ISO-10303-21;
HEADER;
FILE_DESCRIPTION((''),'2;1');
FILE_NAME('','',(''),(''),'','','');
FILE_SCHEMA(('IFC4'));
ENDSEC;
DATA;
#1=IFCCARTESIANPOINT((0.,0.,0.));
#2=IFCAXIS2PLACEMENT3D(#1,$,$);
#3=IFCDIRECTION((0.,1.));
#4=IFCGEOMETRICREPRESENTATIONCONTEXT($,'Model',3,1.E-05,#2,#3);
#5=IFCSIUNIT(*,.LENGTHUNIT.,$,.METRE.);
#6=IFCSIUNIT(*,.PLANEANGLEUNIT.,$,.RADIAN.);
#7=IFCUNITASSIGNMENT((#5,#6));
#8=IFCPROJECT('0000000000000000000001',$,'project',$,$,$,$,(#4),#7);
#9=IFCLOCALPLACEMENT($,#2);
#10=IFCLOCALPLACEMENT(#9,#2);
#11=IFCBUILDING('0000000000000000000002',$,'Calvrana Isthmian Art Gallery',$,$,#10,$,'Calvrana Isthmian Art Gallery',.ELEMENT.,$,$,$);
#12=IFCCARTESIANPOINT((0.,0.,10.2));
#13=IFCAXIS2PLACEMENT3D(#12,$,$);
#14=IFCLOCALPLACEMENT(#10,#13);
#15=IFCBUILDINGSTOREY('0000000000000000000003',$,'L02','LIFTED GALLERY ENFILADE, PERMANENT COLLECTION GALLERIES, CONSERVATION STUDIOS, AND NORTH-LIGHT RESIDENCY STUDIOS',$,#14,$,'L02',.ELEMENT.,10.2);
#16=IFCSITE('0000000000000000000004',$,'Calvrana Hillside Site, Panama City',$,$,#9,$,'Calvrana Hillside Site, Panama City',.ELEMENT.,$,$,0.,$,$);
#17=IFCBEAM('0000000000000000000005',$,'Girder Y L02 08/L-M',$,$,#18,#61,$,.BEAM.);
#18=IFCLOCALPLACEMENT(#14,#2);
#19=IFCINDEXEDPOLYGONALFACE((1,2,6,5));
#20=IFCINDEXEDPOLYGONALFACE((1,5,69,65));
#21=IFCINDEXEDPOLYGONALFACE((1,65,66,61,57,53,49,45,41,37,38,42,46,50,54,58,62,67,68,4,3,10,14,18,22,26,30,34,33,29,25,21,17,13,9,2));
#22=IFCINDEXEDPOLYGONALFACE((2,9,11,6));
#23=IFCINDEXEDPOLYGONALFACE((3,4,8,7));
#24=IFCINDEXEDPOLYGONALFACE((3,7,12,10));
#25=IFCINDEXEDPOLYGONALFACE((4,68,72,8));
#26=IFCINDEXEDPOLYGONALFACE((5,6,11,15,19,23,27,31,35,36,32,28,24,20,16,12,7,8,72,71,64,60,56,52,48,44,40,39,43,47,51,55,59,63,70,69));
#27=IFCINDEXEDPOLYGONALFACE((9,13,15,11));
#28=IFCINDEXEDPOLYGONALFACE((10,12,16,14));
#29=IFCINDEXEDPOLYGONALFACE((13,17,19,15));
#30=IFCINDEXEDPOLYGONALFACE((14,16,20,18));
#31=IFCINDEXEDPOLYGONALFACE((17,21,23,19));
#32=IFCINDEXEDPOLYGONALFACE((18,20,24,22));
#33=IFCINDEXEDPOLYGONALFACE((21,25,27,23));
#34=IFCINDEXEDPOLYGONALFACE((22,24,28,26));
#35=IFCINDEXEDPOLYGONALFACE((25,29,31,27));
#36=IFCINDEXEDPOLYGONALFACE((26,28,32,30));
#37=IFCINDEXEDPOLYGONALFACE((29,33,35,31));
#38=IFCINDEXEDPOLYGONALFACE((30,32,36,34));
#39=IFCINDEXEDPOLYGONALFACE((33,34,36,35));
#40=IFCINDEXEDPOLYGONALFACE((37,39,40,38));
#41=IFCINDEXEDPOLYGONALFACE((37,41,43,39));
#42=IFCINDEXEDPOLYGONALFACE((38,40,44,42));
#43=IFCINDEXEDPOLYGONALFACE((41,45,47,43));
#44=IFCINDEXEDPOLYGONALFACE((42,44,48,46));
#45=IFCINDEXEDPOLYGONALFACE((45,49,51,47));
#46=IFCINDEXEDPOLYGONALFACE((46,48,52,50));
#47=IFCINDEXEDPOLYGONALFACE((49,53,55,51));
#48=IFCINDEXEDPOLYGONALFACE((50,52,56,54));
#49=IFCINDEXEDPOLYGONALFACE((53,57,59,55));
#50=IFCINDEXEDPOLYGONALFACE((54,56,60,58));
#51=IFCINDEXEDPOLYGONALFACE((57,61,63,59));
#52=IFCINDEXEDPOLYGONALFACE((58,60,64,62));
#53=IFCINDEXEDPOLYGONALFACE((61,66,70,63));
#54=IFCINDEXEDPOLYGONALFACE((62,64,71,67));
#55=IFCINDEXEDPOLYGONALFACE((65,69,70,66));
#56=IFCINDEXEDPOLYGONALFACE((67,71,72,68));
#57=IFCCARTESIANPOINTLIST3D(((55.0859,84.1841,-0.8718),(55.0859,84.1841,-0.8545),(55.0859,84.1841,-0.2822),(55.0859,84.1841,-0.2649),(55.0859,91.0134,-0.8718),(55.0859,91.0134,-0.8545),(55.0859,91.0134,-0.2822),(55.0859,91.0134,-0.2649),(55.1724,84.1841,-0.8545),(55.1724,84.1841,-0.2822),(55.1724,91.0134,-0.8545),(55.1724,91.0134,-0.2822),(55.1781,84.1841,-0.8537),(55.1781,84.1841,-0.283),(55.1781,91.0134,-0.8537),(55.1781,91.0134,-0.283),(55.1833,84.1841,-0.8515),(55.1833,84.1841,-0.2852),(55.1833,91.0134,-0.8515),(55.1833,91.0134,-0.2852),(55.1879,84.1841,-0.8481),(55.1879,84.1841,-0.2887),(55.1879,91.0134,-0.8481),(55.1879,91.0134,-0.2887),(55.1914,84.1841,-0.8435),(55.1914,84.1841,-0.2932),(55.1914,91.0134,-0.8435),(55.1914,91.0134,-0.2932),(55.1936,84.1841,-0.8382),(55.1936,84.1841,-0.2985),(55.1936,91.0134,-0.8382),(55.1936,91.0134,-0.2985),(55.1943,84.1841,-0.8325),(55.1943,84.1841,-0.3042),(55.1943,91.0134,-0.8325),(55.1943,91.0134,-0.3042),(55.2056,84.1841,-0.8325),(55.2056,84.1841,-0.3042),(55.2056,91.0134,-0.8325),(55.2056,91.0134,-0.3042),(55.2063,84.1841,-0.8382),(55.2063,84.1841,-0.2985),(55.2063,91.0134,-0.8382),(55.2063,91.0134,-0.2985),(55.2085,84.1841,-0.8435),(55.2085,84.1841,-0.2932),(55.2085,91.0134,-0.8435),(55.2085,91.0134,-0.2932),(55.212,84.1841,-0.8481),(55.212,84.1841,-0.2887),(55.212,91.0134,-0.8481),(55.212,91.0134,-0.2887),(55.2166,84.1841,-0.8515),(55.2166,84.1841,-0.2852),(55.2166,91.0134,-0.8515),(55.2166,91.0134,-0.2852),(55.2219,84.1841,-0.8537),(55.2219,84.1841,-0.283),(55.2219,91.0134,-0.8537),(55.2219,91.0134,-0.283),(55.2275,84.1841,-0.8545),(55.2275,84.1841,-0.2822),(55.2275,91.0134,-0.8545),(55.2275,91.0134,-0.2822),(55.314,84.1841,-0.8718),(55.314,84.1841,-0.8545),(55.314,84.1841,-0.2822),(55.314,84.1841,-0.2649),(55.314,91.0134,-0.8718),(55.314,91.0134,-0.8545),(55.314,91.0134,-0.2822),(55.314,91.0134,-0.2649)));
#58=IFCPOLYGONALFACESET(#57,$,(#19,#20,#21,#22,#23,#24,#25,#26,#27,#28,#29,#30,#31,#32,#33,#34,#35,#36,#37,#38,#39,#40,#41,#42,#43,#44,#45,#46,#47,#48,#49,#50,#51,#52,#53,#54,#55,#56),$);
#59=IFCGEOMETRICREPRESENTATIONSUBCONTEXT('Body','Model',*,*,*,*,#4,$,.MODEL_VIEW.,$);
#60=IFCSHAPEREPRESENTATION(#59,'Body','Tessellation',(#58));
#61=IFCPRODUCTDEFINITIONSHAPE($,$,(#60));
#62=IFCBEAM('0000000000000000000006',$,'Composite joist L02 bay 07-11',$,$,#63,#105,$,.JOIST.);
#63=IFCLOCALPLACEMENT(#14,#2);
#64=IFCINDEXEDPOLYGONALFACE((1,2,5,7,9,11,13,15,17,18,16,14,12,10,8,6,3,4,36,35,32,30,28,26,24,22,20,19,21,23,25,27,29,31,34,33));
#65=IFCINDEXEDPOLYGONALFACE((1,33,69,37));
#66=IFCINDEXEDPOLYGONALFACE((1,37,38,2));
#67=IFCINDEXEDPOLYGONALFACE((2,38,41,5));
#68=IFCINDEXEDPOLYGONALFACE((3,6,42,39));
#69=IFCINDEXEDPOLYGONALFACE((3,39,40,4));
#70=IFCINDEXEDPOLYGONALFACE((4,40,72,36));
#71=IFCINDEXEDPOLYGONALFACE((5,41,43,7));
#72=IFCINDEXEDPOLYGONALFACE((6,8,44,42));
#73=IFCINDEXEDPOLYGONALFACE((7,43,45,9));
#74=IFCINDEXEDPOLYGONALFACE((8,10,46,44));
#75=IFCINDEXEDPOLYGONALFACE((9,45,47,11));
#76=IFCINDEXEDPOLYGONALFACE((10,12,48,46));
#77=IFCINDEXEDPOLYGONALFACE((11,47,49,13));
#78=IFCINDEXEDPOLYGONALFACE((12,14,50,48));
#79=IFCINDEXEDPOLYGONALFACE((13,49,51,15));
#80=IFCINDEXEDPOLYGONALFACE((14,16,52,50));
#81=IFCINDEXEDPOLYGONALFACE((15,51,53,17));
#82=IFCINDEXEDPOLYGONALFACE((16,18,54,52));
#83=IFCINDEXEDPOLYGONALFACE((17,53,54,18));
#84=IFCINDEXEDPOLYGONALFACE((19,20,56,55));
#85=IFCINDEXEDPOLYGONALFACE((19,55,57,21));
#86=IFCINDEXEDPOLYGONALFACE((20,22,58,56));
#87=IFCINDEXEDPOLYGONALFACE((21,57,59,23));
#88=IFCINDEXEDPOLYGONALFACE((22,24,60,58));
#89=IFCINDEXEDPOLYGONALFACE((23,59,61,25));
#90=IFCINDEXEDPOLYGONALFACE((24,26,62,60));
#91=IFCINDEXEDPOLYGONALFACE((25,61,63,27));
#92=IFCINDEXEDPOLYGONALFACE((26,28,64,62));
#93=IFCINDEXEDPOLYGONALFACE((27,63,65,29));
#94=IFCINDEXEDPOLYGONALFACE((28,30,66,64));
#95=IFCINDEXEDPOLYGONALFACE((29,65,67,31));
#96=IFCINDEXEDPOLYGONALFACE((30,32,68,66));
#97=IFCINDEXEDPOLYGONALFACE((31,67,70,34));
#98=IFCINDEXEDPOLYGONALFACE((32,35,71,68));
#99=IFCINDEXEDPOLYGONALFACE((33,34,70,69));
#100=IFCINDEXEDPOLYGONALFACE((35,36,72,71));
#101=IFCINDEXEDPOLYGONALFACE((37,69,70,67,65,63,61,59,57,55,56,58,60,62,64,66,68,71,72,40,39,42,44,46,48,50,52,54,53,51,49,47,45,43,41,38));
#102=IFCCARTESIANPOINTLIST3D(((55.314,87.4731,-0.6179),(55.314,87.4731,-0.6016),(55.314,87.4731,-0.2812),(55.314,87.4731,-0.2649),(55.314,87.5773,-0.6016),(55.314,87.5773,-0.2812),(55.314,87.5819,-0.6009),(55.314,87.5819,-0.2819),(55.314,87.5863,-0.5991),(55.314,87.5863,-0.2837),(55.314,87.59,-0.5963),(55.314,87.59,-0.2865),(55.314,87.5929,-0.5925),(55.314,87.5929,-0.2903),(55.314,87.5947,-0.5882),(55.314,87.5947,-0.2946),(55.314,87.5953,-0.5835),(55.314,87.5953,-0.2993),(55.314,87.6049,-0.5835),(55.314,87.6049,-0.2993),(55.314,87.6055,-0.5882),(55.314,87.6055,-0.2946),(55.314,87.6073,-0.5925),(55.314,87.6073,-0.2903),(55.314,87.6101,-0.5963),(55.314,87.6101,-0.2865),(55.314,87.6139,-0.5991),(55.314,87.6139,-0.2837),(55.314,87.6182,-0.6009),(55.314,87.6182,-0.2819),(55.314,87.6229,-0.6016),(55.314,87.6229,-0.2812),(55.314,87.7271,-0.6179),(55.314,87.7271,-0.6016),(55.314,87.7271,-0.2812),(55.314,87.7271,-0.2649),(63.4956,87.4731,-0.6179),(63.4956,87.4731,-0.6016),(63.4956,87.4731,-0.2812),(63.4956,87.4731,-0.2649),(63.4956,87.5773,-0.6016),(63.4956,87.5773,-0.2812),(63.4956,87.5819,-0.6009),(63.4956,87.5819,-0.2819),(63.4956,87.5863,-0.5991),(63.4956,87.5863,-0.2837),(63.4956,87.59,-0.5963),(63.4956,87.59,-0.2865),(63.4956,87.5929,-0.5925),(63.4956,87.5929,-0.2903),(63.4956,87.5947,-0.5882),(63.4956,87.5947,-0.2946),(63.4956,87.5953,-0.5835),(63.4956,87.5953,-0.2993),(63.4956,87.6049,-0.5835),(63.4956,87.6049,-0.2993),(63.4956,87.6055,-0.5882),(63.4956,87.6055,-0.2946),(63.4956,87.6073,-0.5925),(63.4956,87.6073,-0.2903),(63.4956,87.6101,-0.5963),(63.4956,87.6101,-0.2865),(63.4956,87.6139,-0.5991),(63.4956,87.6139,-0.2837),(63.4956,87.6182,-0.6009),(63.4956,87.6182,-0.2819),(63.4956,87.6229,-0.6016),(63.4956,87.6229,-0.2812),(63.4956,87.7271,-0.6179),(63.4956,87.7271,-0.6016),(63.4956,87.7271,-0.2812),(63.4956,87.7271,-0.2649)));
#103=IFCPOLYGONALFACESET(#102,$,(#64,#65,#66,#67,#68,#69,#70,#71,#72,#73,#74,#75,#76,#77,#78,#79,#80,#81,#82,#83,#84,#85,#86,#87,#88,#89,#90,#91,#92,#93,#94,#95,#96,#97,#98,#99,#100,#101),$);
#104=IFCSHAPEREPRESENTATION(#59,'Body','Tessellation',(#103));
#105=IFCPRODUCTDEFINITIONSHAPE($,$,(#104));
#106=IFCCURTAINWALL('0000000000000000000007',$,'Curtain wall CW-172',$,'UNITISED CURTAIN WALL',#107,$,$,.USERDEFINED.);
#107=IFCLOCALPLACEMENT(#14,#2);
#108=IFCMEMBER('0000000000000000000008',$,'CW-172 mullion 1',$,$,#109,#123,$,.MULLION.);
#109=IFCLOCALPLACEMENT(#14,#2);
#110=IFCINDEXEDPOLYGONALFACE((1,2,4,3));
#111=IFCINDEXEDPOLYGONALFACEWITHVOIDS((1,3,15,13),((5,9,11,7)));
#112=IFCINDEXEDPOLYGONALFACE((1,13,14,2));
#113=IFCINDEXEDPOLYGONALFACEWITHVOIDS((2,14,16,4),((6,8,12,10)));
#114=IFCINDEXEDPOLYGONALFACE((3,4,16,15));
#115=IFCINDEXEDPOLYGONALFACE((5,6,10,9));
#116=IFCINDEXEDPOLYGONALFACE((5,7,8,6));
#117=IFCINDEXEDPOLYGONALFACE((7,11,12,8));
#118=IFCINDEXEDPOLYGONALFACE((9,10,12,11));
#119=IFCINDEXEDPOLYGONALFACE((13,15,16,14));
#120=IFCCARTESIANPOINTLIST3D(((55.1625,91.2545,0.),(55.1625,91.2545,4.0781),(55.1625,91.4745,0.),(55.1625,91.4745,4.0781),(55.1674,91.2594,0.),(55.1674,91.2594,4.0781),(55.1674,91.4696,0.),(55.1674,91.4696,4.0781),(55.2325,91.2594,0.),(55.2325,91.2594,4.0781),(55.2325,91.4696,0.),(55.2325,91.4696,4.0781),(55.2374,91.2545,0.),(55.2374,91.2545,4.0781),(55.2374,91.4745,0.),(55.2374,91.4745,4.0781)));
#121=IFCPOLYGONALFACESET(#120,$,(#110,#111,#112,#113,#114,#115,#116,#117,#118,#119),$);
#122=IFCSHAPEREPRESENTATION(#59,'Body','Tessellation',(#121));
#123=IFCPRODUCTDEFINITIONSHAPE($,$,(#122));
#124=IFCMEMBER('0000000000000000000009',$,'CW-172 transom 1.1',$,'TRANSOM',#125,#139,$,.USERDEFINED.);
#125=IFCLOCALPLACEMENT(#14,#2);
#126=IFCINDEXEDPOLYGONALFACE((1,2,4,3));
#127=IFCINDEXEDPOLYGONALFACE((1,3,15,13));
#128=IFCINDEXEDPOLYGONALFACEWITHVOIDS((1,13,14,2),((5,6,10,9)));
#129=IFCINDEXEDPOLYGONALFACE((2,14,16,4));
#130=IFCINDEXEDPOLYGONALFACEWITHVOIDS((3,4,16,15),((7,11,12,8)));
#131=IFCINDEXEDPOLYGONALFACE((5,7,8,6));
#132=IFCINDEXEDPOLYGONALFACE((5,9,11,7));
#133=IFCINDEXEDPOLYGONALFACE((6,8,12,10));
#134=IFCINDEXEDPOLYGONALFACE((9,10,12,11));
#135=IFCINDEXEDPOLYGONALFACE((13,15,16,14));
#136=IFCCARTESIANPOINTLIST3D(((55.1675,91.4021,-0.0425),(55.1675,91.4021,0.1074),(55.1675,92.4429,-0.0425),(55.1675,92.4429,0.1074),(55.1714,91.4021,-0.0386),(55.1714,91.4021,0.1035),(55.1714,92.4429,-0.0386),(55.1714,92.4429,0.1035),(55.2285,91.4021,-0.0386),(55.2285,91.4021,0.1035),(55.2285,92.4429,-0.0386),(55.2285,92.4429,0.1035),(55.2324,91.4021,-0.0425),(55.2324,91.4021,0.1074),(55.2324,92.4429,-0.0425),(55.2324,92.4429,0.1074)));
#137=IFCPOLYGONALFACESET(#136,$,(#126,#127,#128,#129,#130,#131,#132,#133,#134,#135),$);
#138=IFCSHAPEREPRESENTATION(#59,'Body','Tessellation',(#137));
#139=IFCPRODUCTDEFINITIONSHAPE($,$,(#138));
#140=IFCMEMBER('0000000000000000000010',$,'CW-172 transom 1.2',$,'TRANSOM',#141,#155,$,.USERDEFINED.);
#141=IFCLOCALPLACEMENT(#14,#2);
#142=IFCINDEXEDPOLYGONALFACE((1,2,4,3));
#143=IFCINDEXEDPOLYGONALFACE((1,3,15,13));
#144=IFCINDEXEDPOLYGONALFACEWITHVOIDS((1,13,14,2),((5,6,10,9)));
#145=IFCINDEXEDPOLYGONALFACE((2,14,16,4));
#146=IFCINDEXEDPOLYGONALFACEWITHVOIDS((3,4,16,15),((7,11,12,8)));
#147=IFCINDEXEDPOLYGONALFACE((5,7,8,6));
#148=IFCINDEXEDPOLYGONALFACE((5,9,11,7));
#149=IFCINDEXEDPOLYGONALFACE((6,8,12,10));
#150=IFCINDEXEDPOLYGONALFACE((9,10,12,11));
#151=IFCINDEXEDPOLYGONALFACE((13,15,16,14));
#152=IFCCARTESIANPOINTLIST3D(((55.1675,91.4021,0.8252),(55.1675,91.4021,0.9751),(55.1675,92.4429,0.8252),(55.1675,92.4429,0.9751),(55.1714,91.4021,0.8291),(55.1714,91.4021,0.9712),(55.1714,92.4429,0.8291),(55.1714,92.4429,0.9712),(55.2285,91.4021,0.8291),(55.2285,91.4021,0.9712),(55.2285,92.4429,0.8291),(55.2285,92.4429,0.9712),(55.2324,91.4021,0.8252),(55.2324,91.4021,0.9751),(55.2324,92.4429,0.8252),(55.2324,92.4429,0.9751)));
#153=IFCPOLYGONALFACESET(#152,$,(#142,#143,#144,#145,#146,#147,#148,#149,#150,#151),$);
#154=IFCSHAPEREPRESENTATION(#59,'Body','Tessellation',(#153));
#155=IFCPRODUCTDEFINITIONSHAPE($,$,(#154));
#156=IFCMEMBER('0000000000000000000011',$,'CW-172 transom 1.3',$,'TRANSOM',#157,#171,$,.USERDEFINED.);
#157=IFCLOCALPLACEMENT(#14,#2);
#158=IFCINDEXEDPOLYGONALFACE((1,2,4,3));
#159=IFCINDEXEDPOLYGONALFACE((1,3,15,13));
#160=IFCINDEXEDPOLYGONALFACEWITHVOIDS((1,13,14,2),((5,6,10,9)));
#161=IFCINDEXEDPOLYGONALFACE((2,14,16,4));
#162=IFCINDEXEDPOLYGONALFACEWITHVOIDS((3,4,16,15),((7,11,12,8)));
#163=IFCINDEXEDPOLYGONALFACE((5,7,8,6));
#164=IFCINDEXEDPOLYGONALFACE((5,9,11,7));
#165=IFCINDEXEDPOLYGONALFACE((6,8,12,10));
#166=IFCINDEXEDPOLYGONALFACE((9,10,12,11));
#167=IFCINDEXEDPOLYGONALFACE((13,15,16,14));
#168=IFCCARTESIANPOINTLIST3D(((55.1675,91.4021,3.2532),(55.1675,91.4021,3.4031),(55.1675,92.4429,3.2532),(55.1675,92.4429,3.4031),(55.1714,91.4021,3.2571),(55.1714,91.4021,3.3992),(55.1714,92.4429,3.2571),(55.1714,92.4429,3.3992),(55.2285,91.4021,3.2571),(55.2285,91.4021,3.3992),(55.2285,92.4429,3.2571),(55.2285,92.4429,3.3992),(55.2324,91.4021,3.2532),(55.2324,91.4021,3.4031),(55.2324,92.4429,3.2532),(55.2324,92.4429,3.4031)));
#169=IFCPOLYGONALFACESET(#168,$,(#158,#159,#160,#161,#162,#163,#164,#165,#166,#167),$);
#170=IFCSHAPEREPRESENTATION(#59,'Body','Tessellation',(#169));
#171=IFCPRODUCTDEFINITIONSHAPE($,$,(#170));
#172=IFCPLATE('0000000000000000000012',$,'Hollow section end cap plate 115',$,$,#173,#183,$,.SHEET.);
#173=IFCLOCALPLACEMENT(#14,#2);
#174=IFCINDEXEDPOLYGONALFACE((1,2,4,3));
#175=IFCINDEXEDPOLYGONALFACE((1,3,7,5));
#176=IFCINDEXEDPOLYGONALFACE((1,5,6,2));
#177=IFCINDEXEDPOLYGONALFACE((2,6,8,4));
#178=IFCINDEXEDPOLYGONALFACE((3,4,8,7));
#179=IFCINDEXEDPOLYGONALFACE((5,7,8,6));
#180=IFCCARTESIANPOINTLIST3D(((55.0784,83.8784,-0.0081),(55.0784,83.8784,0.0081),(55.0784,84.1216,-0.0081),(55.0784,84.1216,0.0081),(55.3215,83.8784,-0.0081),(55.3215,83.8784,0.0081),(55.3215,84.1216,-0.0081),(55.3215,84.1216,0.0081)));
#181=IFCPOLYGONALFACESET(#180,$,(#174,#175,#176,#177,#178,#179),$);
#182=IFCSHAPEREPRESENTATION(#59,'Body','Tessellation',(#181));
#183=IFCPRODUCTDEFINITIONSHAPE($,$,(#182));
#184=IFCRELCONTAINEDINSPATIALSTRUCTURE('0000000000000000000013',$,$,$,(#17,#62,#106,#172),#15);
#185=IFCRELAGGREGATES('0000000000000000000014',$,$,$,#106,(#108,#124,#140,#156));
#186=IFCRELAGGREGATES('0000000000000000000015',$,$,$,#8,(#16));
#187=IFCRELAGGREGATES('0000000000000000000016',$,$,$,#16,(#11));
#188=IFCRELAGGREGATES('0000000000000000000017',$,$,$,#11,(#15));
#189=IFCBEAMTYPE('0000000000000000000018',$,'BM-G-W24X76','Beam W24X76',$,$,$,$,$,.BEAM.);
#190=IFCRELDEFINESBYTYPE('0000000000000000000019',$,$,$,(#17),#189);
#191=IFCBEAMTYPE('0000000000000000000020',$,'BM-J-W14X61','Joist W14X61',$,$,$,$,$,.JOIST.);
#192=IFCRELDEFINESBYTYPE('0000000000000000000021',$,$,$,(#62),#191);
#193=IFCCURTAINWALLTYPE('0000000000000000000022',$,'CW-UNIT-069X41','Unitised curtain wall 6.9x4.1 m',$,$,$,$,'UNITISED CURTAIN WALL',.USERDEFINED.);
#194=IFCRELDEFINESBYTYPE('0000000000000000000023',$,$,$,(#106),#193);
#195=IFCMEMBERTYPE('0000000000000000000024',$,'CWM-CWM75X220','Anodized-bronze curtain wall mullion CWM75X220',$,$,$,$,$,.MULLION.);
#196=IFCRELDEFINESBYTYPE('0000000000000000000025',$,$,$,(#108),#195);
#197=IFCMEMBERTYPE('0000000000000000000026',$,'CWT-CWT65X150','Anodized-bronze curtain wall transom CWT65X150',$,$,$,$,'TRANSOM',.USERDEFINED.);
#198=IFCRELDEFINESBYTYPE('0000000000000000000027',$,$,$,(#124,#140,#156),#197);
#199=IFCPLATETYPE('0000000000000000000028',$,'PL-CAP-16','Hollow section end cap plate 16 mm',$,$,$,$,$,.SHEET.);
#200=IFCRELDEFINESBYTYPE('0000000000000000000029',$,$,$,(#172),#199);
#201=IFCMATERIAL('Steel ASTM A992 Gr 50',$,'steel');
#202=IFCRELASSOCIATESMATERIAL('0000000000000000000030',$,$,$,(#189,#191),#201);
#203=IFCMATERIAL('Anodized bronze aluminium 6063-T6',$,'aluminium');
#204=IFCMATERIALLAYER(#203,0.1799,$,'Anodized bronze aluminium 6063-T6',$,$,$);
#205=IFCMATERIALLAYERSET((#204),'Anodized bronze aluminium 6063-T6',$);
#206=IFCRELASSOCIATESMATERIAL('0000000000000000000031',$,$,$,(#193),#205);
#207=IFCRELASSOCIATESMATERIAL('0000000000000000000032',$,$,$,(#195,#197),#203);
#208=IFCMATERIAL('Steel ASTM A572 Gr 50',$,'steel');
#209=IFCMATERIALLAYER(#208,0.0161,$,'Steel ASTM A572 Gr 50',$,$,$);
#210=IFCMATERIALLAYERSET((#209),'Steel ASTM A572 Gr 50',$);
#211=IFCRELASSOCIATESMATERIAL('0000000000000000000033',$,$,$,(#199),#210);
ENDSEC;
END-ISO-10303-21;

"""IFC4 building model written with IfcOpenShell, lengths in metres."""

from ifc_helpers import new_model, si_unit, direction, frame, origin, origin_2d, place, context, subcontext, project, spatial, rectangle, hollow_rectangle, i_section, extrude, material, layer, layer_set, material_profile, profile_set, type_object, element, aggregate, save


model = new_model("IFC4")

# Units and contexts
model_context = context("Model", 3, precision=1e-05, world=origin(), true_north=direction((0.0, 1.0)))
body_context = subcontext(model_context, "Body", "Model", "MODEL_VIEW")
ifc_project = project(units=[si_unit("LENGTHUNIT", "METRE"), si_unit("PLANEANGLEUNIT", "RADIAN")], contexts=[model_context])

# Site, building, storey
site_placement = place(None, origin())
site = spatial("IfcSite", under=ifc_project, at=site_placement, Name="Calvrana Hillside Site, Panama City", LongName="Calvrana Hillside Site, Panama City", CompositionType="ELEMENT", RefElevation=0.0)
building_placement = place(site_placement, origin())
building = spatial("IfcBuilding", under=site, at=building_placement, Name="Calvrana Isthmian Art Gallery", LongName="Calvrana Isthmian Art Gallery", CompositionType="ELEMENT")
storey_placement = place(building_placement, frame((0.0, 0.0, 10.2)))
storey = spatial("IfcBuildingStorey", under=building, at=storey_placement, Name="L02", Description="LIFTED GALLERY ENFILADE, PERMANENT COLLECTION GALLERIES, CONSERVATION STUDIOS, AND NORTH-LIGHT RESIDENCY STUDIOS", LongName="L02", CompositionType="ELEMENT", Elevation=10.2)

# Beams
ifc_material_1 = material(Name="Steel ASTM A992 Gr 50", Category="steel")
ifc_material_profile_1 = material_profile(ifc_material_1, i_section(OverallWidth=0.228, OverallDepth=0.6069, WebThickness=0.0112, FlangeThickness=0.0173, FilletRadius=0.022, at=origin_2d()), Name="W24X76")
ifc_profile_set_1 = profile_set([ifc_material_profile_1], Name="Steel ASTM A992 Gr 50")
beam_type_1 = type_object("IfcBeamType", Name="BM-G-W24X76", Description="Beam W24X76", PredefinedType="BEAM", material=ifc_profile_set_1)
beam_1_placement = place(storey_placement, frame((55.2, 84.1841, -0.5684), z_axis=(0.0, 1.0, 0.0), x_axis=(-1.0, 0.0, 0.0)))
element("IfcBeam", 1, at=beam_1_placement, inside=storey, type_object=beam_type_1, Name="Girder Y L02 08/L-M", PredefinedType="BEAM", context=body_context, shape_type="SweptSolid", body=[
    extrude(i_section(OverallWidth=0.228, OverallDepth=0.6069, WebThickness=0.0112, FlangeThickness=0.0173, FilletRadius=0.022, at=origin_2d()), origin(), (0.0, 0.0, 1.0), 6.8293),
])
ifc_material_profile_2 = material_profile(ifc_material_1, i_section(OverallWidth=0.2539, OverallDepth=0.353, WebThickness=0.0095, FlangeThickness=0.0164, FilletRadius=0.0181, at=origin_2d()), Name="W14X61")
ifc_profile_set_2 = profile_set([ifc_material_profile_2], Name="Steel ASTM A992 Gr 50")
beam_type_2 = type_object("IfcBeamType", Name="BM-J-W14X61", Description="Joist W14X61", PredefinedType="JOIST", material=ifc_profile_set_2)
beam_2_placement = place(storey_placement, frame((55.314, 87.6001, -0.4414), z_axis=(1.0, 0.0, 0.0), x_axis=(0.0, 1.0, 0.0)))
element("IfcBeam", 2, at=beam_2_placement, inside=storey, type_object=beam_type_2, Name="Composite joist L02 bay 07-11", PredefinedType="JOIST", context=body_context, shape_type="SweptSolid", body=[
    extrude(i_section(OverallWidth=0.2539, OverallDepth=0.353, WebThickness=0.0095, FlangeThickness=0.0164, FilletRadius=0.0181, at=origin_2d()), origin(), (0.0, 0.0, 1.0), 8.1816),
])

# Curtain wall, members
ifc_material_2 = material(Name="Anodized bronze aluminium 6063-T6", Category="aluminium")
ifc_layer_1 = layer(ifc_material_2, 0.1799, Name="Anodized bronze aluminium 6063-T6")
ifc_layer_set_1 = layer_set([ifc_layer_1], Name="Anodized bronze aluminium 6063-T6")
curtain_wall_type = type_object("IfcCurtainWallType", Name="CW-UNIT-069X41", Description="Unitised curtain wall 6.9x4.1 m", ElementType="UNITISED CURTAIN WALL", PredefinedType="USERDEFINED", material=ifc_layer_set_1)
curtain_wall_placement = place(storey_placement, origin())
curtain_wall = element("IfcCurtainWall", 3, at=curtain_wall_placement, inside=storey, type_object=curtain_wall_type, Name="Curtain wall CW-172", ObjectType="UNITISED CURTAIN WALL", PredefinedType="USERDEFINED")
ifc_material_profile_3 = material_profile(ifc_material_2, hollow_rectangle(XDim=0.075, YDim=0.22, WallThickness=0.0049, at=origin_2d()), Name="CWM75X220")
ifc_profile_set_3 = profile_set([ifc_material_profile_3], Name="Anodized bronze aluminium 6063-T6")
member_type_1 = type_object("IfcMemberType", Name="CWM-CWM75X220", Description="Anodized-bronze curtain wall mullion CWM75X220", PredefinedType="MULLION", material=ifc_profile_set_3)
member_1_placement = place(storey_placement, frame((55.2, 91.3645, 0.0), z_axis=(0.0, 0.0, 1.0), x_axis=(-1.0, 0.0, 0.0)))
member_1 = element("IfcMember", 4, at=member_1_placement, type_object=member_type_1, Name="CW-172 mullion 1", PredefinedType="MULLION", context=body_context, shape_type="SweptSolid", body=[
    extrude(hollow_rectangle(XDim=0.075, YDim=0.22, WallThickness=0.0049, at=origin_2d()), origin(), (0.0, 0.0, 1.0), 4.0781),
])
ifc_material_profile_4 = material_profile(ifc_material_2, hollow_rectangle(XDim=0.0649, YDim=0.1499, WallThickness=0.0039, at=origin_2d()), Name="CWT65X150")
ifc_profile_set_4 = profile_set([ifc_material_profile_4], Name="Anodized bronze aluminium 6063-T6")
member_type_2 = type_object("IfcMemberType", Name="CWT-CWT65X150", Description="Anodized-bronze curtain wall transom CWT65X150", ElementType="TRANSOM", PredefinedType="USERDEFINED", material=ifc_profile_set_4)
member_2_placement = place(storey_placement, frame((55.2, 91.4021, 0.0325), z_axis=(0.0, 1.0, 0.0), x_axis=(-1.0, 0.0, 0.0)))
member_2 = element("IfcMember", 5, at=member_2_placement, type_object=member_type_2, Name="CW-172 transom 1.1", ObjectType="TRANSOM", PredefinedType="USERDEFINED", context=body_context, shape_type="SweptSolid", body=[
    extrude(hollow_rectangle(XDim=0.0649, YDim=0.1499, WallThickness=0.0039, at=origin_2d()), origin(), (0.0, 0.0, 1.0), 1.0408),
])
member_3_placement = place(storey_placement, frame((55.2, 91.4021, 0.9001), z_axis=(0.0, 1.0, 0.0), x_axis=(-1.0, 0.0, 0.0)))
member_3 = element("IfcMember", 6, at=member_3_placement, type_object=member_type_2, Name="CW-172 transom 1.2", ObjectType="TRANSOM", PredefinedType="USERDEFINED", context=body_context, shape_type="SweptSolid", body=[
    extrude(hollow_rectangle(XDim=0.0649, YDim=0.1499, WallThickness=0.0039, at=origin_2d()), origin(), (0.0, 0.0, 1.0), 1.0408),
])
member_4_placement = place(storey_placement, frame((55.2, 91.4021, 3.3281), z_axis=(0.0, 1.0, 0.0), x_axis=(-1.0, 0.0, 0.0)))
member_4 = element("IfcMember", 7, at=member_4_placement, type_object=member_type_2, Name="CW-172 transom 1.3", ObjectType="TRANSOM", PredefinedType="USERDEFINED", context=body_context, shape_type="SweptSolid", body=[
    extrude(hollow_rectangle(XDim=0.0649, YDim=0.1499, WallThickness=0.0039, at=origin_2d()), origin(), (0.0, 0.0, 1.0), 1.0408),
])
aggregate(curtain_wall, [member_1, member_2, member_3, member_4])

# Plate
ifc_material_3 = material(Name="Steel ASTM A572 Gr 50", Category="steel")
ifc_layer_2 = layer(ifc_material_3, 0.0161, Name="Steel ASTM A572 Gr 50")
ifc_layer_set_2 = layer_set([ifc_layer_2], Name="Steel ASTM A572 Gr 50")
plate_type = type_object("IfcPlateType", Name="PL-CAP-16", Description="Hollow section end cap plate 16 mm", PredefinedType="SHEET", material=ifc_layer_set_2)
for number, where, z_axis, x_axis, name in (
    (8, (55.2, 84.0, -0.0081), (0.0, 0.0, 1.0), (1.0, 0.0, 0.0), "Hollow section end cap plate 115"),
):
    element("IfcPlate", number, at=place(storey_placement, frame(where, z_axis=z_axis, x_axis=x_axis)), inside=storey, type_object=plate_type, Name=name, PredefinedType="SHEET", context=body_context, shape_type="SweptSolid", body=[
        extrude(rectangle(XDim=0.2432, YDim=0.2432, at=origin_2d()), origin(), (0.0, 0.0, 1.0), 0.0161),
    ])

save(model, "model.ifc")
